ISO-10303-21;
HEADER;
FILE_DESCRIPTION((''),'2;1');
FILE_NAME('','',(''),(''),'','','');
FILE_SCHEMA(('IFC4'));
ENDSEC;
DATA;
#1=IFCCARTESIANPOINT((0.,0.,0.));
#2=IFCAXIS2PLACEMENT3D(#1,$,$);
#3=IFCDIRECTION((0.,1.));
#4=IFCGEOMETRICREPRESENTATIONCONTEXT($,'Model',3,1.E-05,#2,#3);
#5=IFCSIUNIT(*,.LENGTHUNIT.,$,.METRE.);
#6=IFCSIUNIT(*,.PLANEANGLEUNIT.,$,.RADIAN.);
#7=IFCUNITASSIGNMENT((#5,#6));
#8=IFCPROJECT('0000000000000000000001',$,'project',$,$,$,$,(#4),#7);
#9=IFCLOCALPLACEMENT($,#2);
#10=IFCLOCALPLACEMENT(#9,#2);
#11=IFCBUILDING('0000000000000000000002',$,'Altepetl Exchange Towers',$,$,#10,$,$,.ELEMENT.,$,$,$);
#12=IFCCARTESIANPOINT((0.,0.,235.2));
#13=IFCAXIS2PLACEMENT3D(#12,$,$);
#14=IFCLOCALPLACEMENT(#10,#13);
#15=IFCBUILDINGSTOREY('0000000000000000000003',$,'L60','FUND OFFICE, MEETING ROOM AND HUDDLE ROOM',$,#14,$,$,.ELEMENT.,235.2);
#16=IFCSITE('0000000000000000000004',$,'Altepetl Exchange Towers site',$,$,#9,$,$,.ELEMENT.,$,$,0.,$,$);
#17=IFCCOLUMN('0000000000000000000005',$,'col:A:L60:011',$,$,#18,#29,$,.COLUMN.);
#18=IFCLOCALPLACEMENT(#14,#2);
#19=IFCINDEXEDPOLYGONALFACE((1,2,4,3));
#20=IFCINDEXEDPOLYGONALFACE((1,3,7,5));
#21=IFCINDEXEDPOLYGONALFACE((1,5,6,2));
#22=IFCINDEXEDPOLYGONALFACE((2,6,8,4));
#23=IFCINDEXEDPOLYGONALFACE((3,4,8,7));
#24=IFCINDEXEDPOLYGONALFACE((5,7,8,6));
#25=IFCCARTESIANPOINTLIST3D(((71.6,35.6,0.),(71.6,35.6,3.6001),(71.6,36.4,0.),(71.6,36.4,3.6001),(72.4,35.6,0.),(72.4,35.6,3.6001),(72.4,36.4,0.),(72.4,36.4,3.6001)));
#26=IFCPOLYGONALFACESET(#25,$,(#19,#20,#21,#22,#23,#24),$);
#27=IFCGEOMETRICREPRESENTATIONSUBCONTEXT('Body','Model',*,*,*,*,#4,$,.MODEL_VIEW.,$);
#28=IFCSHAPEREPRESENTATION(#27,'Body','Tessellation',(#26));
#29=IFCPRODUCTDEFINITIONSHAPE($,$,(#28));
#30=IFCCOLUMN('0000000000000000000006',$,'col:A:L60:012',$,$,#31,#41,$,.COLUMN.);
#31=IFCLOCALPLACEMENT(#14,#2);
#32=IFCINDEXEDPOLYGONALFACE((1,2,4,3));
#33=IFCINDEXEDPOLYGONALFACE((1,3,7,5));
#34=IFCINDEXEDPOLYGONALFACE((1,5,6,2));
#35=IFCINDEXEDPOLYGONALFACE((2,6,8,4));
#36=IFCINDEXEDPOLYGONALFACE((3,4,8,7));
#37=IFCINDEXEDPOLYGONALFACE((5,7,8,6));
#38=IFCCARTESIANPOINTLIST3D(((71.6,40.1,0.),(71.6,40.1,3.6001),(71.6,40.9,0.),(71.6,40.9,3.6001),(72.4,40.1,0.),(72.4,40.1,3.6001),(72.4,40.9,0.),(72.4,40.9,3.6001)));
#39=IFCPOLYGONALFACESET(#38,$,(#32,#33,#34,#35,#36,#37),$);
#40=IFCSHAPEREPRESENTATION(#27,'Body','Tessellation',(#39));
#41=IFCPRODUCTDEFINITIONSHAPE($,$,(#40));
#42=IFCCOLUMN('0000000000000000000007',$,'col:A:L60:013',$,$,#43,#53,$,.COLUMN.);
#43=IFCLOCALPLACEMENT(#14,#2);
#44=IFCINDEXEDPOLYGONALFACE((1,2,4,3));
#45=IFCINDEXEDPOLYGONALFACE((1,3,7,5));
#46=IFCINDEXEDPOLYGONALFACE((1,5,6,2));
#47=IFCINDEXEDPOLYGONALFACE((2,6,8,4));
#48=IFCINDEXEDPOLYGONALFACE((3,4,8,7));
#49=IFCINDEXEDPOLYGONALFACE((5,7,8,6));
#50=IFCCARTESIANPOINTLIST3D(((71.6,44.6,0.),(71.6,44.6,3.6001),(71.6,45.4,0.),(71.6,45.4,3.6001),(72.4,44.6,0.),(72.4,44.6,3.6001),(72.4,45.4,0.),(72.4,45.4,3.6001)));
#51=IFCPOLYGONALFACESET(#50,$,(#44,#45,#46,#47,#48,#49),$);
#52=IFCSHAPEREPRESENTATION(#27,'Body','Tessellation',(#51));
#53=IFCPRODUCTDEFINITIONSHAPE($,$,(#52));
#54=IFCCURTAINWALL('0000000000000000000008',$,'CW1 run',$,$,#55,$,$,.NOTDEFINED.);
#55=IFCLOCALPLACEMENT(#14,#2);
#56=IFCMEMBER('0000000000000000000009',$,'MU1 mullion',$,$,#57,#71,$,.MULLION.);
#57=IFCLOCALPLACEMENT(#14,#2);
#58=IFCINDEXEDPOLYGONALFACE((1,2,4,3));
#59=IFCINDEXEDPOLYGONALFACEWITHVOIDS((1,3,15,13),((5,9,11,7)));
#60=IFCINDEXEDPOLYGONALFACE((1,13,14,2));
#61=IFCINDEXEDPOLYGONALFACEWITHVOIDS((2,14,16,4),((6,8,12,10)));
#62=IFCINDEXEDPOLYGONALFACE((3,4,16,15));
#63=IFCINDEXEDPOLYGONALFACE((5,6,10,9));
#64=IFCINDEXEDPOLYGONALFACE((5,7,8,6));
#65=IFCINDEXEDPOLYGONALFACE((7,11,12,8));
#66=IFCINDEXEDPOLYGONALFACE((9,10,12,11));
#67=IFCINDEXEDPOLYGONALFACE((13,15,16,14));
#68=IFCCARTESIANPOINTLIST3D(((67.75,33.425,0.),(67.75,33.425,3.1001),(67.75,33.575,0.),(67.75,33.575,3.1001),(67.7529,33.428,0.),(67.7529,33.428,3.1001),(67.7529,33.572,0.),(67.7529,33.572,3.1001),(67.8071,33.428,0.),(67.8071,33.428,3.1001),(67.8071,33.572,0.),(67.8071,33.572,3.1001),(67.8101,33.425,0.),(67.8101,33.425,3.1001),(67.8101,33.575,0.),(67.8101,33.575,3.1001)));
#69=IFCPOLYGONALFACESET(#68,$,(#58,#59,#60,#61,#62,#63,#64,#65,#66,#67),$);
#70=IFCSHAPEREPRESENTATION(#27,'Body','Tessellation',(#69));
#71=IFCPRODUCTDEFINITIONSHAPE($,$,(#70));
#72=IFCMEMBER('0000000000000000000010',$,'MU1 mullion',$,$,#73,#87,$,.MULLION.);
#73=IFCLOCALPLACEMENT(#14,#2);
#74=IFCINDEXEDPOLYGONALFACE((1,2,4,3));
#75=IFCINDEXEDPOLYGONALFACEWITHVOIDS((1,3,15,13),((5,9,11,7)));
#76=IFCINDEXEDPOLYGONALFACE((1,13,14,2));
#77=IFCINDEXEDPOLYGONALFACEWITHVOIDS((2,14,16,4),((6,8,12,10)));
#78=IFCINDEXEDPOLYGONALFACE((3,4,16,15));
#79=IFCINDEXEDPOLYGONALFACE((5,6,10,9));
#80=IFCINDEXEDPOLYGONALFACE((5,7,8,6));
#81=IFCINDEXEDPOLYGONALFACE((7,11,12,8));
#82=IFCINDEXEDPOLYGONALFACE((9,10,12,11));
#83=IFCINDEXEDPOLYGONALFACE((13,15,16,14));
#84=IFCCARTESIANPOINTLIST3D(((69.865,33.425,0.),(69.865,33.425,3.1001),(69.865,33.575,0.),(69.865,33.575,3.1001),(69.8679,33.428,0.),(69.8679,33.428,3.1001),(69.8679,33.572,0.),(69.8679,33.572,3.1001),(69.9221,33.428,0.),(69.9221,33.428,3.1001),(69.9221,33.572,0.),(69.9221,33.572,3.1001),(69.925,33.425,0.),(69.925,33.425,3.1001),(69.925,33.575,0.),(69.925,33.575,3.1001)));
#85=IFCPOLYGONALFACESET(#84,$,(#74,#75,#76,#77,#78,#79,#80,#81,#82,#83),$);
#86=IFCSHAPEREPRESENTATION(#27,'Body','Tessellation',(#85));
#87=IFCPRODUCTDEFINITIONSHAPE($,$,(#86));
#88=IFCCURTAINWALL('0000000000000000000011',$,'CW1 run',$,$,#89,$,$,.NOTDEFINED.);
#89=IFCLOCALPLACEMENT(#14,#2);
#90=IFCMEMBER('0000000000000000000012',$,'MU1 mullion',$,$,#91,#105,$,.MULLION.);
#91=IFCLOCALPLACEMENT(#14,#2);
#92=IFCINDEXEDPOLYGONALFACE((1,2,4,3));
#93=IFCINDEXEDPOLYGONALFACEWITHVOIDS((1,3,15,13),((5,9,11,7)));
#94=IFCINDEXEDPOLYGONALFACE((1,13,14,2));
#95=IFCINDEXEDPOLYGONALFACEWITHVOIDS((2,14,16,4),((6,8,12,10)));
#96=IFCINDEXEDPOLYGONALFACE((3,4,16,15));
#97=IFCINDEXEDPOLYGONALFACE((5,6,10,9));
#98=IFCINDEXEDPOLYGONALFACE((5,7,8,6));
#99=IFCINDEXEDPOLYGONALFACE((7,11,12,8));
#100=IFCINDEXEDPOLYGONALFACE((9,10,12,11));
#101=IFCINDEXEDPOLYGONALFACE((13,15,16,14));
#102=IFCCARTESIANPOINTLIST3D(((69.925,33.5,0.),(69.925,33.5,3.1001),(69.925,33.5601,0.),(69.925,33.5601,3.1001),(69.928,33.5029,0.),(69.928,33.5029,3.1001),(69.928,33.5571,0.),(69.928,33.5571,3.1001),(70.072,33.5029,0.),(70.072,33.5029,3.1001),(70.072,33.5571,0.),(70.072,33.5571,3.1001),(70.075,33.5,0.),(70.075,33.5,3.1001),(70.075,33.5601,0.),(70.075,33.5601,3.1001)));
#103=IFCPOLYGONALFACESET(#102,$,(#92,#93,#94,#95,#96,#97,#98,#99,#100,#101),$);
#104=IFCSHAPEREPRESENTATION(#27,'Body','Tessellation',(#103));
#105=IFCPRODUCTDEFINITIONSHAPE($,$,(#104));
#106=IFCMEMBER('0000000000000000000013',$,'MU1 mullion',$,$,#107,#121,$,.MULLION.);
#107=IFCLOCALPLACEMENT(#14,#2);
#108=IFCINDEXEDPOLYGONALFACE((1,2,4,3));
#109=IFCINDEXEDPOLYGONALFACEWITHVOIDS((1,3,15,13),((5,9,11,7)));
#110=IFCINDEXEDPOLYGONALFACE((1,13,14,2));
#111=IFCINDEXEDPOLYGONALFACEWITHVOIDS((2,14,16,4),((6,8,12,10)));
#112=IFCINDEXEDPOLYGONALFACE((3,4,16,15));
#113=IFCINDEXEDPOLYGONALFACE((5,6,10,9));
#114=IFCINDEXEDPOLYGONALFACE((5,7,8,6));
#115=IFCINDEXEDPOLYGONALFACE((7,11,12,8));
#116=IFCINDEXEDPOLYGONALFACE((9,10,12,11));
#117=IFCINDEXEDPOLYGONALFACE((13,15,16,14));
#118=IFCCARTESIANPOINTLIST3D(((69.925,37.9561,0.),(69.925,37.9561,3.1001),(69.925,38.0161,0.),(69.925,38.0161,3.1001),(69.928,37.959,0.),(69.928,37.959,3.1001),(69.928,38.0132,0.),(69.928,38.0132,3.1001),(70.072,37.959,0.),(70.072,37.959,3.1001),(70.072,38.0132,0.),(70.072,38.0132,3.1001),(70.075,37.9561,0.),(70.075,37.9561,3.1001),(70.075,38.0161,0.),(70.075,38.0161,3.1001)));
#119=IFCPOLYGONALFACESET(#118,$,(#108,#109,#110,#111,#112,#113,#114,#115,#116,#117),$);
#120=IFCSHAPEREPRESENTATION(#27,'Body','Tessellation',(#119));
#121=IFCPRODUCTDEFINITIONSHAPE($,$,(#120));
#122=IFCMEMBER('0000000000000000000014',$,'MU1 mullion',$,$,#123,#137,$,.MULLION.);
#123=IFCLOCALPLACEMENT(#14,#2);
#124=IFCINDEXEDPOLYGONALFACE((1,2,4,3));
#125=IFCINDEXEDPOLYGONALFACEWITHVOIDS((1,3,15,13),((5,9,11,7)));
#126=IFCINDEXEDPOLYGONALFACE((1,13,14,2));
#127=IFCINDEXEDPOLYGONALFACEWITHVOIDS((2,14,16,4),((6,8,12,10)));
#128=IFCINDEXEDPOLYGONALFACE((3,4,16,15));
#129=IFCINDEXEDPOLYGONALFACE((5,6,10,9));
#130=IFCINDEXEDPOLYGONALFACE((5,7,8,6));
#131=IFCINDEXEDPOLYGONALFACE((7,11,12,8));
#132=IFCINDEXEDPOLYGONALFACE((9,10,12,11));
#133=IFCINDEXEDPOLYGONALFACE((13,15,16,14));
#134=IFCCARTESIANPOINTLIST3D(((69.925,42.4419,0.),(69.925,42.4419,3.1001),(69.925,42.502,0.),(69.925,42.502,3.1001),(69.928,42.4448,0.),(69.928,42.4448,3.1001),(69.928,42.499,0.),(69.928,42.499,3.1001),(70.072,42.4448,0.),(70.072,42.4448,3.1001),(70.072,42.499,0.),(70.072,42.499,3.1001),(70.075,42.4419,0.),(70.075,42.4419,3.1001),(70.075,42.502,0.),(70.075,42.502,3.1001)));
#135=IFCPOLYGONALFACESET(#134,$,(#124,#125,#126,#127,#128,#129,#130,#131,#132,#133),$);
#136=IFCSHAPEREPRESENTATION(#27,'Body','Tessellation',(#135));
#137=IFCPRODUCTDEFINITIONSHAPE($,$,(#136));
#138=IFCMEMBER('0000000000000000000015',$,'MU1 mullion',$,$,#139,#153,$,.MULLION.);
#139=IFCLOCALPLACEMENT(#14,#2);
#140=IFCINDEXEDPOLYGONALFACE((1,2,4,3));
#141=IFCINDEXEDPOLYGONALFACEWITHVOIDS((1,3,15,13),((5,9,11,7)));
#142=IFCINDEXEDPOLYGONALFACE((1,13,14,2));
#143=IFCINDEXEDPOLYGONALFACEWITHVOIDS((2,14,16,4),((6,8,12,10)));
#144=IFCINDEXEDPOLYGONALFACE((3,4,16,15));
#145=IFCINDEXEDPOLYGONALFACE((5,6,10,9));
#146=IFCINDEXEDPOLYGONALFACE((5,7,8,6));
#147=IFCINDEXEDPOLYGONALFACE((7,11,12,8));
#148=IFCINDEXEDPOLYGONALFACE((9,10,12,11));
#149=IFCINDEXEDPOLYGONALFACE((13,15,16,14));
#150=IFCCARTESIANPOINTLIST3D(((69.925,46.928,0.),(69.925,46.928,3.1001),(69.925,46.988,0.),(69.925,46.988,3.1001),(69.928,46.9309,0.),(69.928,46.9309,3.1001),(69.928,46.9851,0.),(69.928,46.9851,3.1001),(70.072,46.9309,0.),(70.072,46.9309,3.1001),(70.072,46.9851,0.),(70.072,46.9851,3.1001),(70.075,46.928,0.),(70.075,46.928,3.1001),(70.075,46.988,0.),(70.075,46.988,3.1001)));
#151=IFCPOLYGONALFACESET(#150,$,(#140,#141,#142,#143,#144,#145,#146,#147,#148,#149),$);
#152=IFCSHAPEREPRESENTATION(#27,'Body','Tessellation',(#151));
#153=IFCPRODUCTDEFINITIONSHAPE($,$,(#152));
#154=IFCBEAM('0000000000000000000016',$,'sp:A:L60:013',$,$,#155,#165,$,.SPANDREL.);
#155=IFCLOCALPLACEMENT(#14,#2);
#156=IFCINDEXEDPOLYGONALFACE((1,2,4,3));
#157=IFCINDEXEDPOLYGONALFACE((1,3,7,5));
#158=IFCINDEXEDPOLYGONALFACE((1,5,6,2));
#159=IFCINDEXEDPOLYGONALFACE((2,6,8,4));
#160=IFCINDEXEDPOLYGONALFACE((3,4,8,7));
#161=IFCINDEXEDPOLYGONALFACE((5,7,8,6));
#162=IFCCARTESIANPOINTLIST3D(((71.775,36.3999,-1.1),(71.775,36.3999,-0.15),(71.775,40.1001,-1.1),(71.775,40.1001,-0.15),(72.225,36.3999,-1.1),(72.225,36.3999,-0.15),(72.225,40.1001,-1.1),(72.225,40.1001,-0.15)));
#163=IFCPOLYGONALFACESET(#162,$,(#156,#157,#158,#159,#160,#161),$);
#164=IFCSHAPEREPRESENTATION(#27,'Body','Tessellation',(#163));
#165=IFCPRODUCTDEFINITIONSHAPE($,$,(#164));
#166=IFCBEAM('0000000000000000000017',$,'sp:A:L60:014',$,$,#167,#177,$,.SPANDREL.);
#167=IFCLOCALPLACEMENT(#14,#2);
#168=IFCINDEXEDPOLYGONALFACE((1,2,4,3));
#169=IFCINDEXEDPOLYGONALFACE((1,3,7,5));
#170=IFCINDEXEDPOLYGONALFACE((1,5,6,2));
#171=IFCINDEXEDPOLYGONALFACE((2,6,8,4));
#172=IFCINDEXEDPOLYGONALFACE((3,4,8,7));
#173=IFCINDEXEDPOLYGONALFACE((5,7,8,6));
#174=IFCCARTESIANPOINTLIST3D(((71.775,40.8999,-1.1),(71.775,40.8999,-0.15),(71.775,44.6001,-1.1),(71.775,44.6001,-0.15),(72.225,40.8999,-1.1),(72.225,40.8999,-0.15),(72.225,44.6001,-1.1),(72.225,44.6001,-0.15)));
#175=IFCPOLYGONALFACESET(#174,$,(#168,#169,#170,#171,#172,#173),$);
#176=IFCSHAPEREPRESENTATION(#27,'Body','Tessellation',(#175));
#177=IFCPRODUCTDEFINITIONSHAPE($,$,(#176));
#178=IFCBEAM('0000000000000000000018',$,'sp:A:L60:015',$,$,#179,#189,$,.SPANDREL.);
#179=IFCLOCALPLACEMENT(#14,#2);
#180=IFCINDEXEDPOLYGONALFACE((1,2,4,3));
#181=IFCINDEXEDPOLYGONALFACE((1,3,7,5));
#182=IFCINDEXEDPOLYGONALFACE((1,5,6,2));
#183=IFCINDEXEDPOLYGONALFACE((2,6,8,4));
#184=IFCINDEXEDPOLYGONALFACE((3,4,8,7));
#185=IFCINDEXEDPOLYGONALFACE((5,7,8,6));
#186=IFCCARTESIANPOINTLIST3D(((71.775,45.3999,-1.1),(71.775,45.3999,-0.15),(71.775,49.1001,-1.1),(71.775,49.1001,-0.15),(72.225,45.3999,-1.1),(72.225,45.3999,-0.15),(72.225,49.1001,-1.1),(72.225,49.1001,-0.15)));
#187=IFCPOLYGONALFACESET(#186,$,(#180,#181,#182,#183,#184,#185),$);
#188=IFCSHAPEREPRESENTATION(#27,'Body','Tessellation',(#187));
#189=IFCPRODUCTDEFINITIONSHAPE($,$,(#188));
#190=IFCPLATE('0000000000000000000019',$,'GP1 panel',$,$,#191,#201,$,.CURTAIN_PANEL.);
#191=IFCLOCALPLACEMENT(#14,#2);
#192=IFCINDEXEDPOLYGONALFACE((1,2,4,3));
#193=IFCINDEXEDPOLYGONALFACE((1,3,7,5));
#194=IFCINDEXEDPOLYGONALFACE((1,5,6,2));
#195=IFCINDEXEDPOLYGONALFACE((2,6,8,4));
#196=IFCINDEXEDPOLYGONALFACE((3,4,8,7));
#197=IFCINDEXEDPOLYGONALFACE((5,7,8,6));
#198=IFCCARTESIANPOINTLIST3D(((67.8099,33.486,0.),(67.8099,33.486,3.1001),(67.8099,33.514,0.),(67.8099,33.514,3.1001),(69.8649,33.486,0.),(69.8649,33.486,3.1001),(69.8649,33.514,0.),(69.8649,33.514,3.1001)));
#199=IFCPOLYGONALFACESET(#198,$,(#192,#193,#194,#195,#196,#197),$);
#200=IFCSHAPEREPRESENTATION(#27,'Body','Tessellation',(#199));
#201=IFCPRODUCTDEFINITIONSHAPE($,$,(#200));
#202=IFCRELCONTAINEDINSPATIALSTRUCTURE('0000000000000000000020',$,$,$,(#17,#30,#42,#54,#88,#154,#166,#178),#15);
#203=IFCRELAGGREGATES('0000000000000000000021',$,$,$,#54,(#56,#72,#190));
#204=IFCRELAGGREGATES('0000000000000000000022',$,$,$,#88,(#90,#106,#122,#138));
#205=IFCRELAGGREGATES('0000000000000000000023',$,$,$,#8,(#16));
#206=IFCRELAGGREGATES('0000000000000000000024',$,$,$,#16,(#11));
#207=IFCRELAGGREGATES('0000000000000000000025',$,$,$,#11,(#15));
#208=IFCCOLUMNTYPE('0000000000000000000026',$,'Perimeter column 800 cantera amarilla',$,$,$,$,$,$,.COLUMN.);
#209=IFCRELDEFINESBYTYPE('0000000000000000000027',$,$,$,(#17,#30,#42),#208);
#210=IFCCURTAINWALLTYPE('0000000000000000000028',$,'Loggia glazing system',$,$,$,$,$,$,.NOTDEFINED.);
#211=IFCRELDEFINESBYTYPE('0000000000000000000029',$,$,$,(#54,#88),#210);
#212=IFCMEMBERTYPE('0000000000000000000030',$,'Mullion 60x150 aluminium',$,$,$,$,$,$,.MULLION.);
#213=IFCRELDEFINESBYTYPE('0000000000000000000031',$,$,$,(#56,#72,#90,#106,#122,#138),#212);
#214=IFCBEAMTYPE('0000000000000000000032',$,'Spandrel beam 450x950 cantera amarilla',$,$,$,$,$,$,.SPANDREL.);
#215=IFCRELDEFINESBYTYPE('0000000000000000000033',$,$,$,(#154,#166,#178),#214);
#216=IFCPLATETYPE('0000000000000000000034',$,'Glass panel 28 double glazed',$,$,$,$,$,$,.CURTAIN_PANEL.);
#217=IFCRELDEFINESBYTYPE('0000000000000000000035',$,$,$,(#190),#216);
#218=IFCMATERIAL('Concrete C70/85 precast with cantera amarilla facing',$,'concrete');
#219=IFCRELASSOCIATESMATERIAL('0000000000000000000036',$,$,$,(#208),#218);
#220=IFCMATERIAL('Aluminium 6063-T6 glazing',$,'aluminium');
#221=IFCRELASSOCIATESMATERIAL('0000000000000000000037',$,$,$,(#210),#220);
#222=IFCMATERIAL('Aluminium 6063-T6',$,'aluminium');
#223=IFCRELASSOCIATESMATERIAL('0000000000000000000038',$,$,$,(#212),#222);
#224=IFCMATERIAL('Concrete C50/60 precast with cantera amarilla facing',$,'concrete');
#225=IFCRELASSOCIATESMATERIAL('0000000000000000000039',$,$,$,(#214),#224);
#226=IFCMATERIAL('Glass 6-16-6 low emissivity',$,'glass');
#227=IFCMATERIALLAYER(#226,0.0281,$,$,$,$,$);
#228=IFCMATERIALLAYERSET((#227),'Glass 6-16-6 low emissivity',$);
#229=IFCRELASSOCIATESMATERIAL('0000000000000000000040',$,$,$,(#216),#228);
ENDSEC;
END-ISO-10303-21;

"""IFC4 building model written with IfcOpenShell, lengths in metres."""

from ifc_helpers import new_model, si_unit, direction, frame, origin, origin_2d, place, context, subcontext, project, spatial, rectangle, hollow_rectangle, extrude, material, layer, layer_set, material_profile, profile_set, type_object, element, aggregate, save


model = new_model("IFC4")

# Units and contexts
model_context = context("Model", 3, precision=1e-05, world=origin(), true_north=direction((0.0, 1.0)))
body_context = subcontext(model_context, "Body", "Model", "MODEL_VIEW")
ifc_project = project(units=[si_unit("LENGTHUNIT", "METRE"), si_unit("PLANEANGLEUNIT", "RADIAN")], contexts=[model_context])

# Site, building, storey
site_placement = place(None, origin())
site = spatial("IfcSite", under=ifc_project, at=site_placement, Name="Altepetl Exchange Towers site", CompositionType="ELEMENT", RefElevation=0.0)
building_placement = place(site_placement, origin())
building = spatial("IfcBuilding", under=site, at=building_placement, Name="Altepetl Exchange Towers", CompositionType="ELEMENT")
storey_placement = place(building_placement, frame((0.0, 0.0, 235.2)))
storey = spatial("IfcBuildingStorey", under=building, at=storey_placement, Name="L60", Description="FUND OFFICE, MEETING ROOM AND HUDDLE ROOM", CompositionType="ELEMENT", Elevation=235.2)

# Columns
ifc_material_1 = material(Name="Concrete C70/85 precast with cantera amarilla facing", Category="concrete")
ifc_material_profile_1 = material_profile(ifc_material_1, rectangle(XDim=0.8, YDim=0.8, at=origin_2d()), Name="800 x 800")
ifc_profile_set_1 = profile_set([ifc_material_profile_1], Name="Concrete C70/85 precast with cantera amarilla facing")
column_type = type_object("IfcColumnType", Name="Perimeter column 800 cantera amarilla", PredefinedType="COLUMN", material=ifc_profile_set_1)
for number, where, name in (
    (1, (72.0, 36.0, 0.0), "col:A:L60:011"),
    (2, (72.0, 40.5, 0.0), "col:A:L60:012"),
    (3, (72.0, 45.0, 0.0), "col:A:L60:013"),
):
    element("IfcColumn", number, at=place(storey_placement, frame(where)), inside=storey, type_object=column_type, Name=name, PredefinedType="COLUMN", context=body_context, shape_type="SweptSolid", body=[
        extrude(rectangle(XDim=0.8, YDim=0.8, at=origin_2d()), origin(), (0.0, 0.0, 1.0), 3.6001),
    ])

# Curtain walls, members
ifc_material_2 = material(Name="Aluminium 6063-T6 glazing", Category="aluminium")
curtain_wall_type = type_object("IfcCurtainWallType", Name="Loggia glazing system", PredefinedType="NOTDEFINED", material=ifc_material_2)
curtain_wall_1_placement = place(storey_placement, origin())
curtain_wall_1 = element("IfcCurtainWall", 4, at=curtain_wall_1_placement, inside=storey, type_object=curtain_wall_type, Name="CW1 run", PredefinedType="NOTDEFINED")
ifc_material_3 = material(Name="Aluminium 6063-T6", Category="aluminium")
ifc_material_profile_2 = material_profile(ifc_material_3, hollow_rectangle(XDim=0.0601, YDim=0.1499, WallThickness=0.0029, at=origin_2d()), Name="Mullion 60x150 aluminium")
ifc_profile_set_2 = profile_set([ifc_material_profile_2], Name="Aluminium 6063-T6")
member_type = type_object("IfcMemberType", Name="Mullion 60x150 aluminium", PredefinedType="MULLION", material=ifc_profile_set_2)
member_1_placement = place(storey_placement, frame((67.78, 33.5, 0.0)))
member_1 = element("IfcMember", 5, at=member_1_placement, type_object=member_type, Name="MU1 mullion", PredefinedType="MULLION", context=body_context, shape_type="SweptSolid", body=[
    extrude(hollow_rectangle(XDim=0.0601, YDim=0.1499, WallThickness=0.0029, at=origin_2d()), origin(), (0.0, 0.0, 1.0), 3.1001),
])
member_2_placement = place(storey_placement, frame((69.895, 33.5, 0.0)))
member_2 = element("IfcMember", 6, at=member_2_placement, type_object=member_type, Name="MU1 mullion", PredefinedType="MULLION", context=body_context, shape_type="SweptSolid", body=[
    extrude(hollow_rectangle(XDim=0.0601, YDim=0.1499, WallThickness=0.0029, at=origin_2d()), origin(), (0.0, 0.0, 1.0), 3.1001),
])
curtain_wall_2_placement = place(storey_placement, origin())
curtain_wall_2 = element("IfcCurtainWall", 7, at=curtain_wall_2_placement, inside=storey, type_object=curtain_wall_type, Name="CW1 run", PredefinedType="NOTDEFINED")
member_3_placement = place(storey_placement, frame((70.0, 33.53, 0.0), z_axis=(0.0, 0.0, 1.0), x_axis=(0.0, 1.0, 0.0)))
member_3 = element("IfcMember", 8, at=member_3_placement, type_object=member_type, Name="MU1 mullion", PredefinedType="MULLION", context=body_context, shape_type="SweptSolid", body=[
    extrude(hollow_rectangle(XDim=0.0601, YDim=0.1499, WallThickness=0.0029, at=origin_2d()), origin(), (0.0, 0.0, 1.0), 3.1001),
])
member_4_placement = place(storey_placement, frame((70.0, 37.9861, 0.0), z_axis=(0.0, 0.0, 1.0), x_axis=(0.0, 1.0, 0.0)))
member_4 = element("IfcMember", 9, at=member_4_placement, type_object=member_type, Name="MU1 mullion", PredefinedType="MULLION", context=body_context, shape_type="SweptSolid", body=[
    extrude(hollow_rectangle(XDim=0.0601, YDim=0.1499, WallThickness=0.0029, at=origin_2d()), origin(), (0.0, 0.0, 1.0), 3.1001),
])
member_5_placement = place(storey_placement, frame((70.0, 42.4719, 0.0), z_axis=(0.0, 0.0, 1.0), x_axis=(0.0, 1.0, 0.0)))
member_5 = element("IfcMember", 10, at=member_5_placement, type_object=member_type, Name="MU1 mullion", PredefinedType="MULLION", context=body_context, shape_type="SweptSolid", body=[
    extrude(hollow_rectangle(XDim=0.0601, YDim=0.1499, WallThickness=0.0029, at=origin_2d()), origin(), (0.0, 0.0, 1.0), 3.1001),
])
member_6_placement = place(storey_placement, frame((70.0, 46.958, 0.0), z_axis=(0.0, 0.0, 1.0), x_axis=(0.0, 1.0, 0.0)))
member_6 = element("IfcMember", 11, at=member_6_placement, type_object=member_type, Name="MU1 mullion", PredefinedType="MULLION", context=body_context, shape_type="SweptSolid", body=[
    extrude(hollow_rectangle(XDim=0.0601, YDim=0.1499, WallThickness=0.0029, at=origin_2d()), origin(), (0.0, 0.0, 1.0), 3.1001),
])

# Beams
ifc_material_4 = material(Name="Concrete C50/60 precast with cantera amarilla facing", Category="concrete")
ifc_material_profile_3 = material_profile(ifc_material_4, rectangle(XDim=0.45, YDim=0.95, at=origin_2d()), Name="450 x 950")
ifc_profile_set_3 = profile_set([ifc_material_profile_3], Name="Concrete C50/60 precast with cantera amarilla facing")
beam_type = type_object("IfcBeamType", Name="Spandrel beam 450x950 cantera amarilla", PredefinedType="SPANDREL", material=ifc_profile_set_3)
for number, where, z_axis, x_axis, name in (
    (12, (72.0, 36.3999, -0.625), (0.0, 1.0, 0.0), (-1.0, 0.0, 0.0), "sp:A:L60:013"),
    (13, (72.0, 40.8999, -0.625), (0.0, 1.0, 0.0), (-1.0, 0.0, 0.0), "sp:A:L60:014"),
    (14, (72.0, 45.3999, -0.625), (0.0, 1.0, 0.0), (-1.0, 0.0, 0.0), "sp:A:L60:015"),
):
    element("IfcBeam", number, at=place(storey_placement, frame(where, z_axis=z_axis, x_axis=x_axis)), inside=storey, type_object=beam_type, Name=name, PredefinedType="SPANDREL", context=body_context, shape_type="SweptSolid", body=[
        extrude(rectangle(XDim=0.45, YDim=0.95, at=origin_2d()), origin(), (0.0, 0.0, 1.0), 3.7002),
    ])

# Plate
ifc_material_5 = material(Name="Glass 6-16-6 low emissivity", Category="glass")
ifc_layer = layer(ifc_material_5, 0.0281)
ifc_layer_set = layer_set([ifc_layer], Name="Glass 6-16-6 low emissivity")
plate_type = type_object("IfcPlateType", Name="Glass panel 28 double glazed", PredefinedType="CURTAIN_PANEL", material=ifc_layer_set)
plate_1_placement = place(storey_placement, frame((68.8374, 33.5, 0.0)))
plate_1 = element("IfcPlate", 15, at=plate_1_placement, type_object=plate_type, Name="GP1 panel", PredefinedType="CURTAIN_PANEL", context=body_context, shape_type="SweptSolid", body=[
    extrude(rectangle(XDim=2.0549, YDim=0.0281, at=origin_2d()), origin(), (0.0, 0.0, 1.0), 3.1001),
])
aggregate(curtain_wall_1, [member_1, member_2, plate_1])
aggregate(curtain_wall_2, [member_3, member_4, member_5, member_6])

save(model, "model.ifc")
